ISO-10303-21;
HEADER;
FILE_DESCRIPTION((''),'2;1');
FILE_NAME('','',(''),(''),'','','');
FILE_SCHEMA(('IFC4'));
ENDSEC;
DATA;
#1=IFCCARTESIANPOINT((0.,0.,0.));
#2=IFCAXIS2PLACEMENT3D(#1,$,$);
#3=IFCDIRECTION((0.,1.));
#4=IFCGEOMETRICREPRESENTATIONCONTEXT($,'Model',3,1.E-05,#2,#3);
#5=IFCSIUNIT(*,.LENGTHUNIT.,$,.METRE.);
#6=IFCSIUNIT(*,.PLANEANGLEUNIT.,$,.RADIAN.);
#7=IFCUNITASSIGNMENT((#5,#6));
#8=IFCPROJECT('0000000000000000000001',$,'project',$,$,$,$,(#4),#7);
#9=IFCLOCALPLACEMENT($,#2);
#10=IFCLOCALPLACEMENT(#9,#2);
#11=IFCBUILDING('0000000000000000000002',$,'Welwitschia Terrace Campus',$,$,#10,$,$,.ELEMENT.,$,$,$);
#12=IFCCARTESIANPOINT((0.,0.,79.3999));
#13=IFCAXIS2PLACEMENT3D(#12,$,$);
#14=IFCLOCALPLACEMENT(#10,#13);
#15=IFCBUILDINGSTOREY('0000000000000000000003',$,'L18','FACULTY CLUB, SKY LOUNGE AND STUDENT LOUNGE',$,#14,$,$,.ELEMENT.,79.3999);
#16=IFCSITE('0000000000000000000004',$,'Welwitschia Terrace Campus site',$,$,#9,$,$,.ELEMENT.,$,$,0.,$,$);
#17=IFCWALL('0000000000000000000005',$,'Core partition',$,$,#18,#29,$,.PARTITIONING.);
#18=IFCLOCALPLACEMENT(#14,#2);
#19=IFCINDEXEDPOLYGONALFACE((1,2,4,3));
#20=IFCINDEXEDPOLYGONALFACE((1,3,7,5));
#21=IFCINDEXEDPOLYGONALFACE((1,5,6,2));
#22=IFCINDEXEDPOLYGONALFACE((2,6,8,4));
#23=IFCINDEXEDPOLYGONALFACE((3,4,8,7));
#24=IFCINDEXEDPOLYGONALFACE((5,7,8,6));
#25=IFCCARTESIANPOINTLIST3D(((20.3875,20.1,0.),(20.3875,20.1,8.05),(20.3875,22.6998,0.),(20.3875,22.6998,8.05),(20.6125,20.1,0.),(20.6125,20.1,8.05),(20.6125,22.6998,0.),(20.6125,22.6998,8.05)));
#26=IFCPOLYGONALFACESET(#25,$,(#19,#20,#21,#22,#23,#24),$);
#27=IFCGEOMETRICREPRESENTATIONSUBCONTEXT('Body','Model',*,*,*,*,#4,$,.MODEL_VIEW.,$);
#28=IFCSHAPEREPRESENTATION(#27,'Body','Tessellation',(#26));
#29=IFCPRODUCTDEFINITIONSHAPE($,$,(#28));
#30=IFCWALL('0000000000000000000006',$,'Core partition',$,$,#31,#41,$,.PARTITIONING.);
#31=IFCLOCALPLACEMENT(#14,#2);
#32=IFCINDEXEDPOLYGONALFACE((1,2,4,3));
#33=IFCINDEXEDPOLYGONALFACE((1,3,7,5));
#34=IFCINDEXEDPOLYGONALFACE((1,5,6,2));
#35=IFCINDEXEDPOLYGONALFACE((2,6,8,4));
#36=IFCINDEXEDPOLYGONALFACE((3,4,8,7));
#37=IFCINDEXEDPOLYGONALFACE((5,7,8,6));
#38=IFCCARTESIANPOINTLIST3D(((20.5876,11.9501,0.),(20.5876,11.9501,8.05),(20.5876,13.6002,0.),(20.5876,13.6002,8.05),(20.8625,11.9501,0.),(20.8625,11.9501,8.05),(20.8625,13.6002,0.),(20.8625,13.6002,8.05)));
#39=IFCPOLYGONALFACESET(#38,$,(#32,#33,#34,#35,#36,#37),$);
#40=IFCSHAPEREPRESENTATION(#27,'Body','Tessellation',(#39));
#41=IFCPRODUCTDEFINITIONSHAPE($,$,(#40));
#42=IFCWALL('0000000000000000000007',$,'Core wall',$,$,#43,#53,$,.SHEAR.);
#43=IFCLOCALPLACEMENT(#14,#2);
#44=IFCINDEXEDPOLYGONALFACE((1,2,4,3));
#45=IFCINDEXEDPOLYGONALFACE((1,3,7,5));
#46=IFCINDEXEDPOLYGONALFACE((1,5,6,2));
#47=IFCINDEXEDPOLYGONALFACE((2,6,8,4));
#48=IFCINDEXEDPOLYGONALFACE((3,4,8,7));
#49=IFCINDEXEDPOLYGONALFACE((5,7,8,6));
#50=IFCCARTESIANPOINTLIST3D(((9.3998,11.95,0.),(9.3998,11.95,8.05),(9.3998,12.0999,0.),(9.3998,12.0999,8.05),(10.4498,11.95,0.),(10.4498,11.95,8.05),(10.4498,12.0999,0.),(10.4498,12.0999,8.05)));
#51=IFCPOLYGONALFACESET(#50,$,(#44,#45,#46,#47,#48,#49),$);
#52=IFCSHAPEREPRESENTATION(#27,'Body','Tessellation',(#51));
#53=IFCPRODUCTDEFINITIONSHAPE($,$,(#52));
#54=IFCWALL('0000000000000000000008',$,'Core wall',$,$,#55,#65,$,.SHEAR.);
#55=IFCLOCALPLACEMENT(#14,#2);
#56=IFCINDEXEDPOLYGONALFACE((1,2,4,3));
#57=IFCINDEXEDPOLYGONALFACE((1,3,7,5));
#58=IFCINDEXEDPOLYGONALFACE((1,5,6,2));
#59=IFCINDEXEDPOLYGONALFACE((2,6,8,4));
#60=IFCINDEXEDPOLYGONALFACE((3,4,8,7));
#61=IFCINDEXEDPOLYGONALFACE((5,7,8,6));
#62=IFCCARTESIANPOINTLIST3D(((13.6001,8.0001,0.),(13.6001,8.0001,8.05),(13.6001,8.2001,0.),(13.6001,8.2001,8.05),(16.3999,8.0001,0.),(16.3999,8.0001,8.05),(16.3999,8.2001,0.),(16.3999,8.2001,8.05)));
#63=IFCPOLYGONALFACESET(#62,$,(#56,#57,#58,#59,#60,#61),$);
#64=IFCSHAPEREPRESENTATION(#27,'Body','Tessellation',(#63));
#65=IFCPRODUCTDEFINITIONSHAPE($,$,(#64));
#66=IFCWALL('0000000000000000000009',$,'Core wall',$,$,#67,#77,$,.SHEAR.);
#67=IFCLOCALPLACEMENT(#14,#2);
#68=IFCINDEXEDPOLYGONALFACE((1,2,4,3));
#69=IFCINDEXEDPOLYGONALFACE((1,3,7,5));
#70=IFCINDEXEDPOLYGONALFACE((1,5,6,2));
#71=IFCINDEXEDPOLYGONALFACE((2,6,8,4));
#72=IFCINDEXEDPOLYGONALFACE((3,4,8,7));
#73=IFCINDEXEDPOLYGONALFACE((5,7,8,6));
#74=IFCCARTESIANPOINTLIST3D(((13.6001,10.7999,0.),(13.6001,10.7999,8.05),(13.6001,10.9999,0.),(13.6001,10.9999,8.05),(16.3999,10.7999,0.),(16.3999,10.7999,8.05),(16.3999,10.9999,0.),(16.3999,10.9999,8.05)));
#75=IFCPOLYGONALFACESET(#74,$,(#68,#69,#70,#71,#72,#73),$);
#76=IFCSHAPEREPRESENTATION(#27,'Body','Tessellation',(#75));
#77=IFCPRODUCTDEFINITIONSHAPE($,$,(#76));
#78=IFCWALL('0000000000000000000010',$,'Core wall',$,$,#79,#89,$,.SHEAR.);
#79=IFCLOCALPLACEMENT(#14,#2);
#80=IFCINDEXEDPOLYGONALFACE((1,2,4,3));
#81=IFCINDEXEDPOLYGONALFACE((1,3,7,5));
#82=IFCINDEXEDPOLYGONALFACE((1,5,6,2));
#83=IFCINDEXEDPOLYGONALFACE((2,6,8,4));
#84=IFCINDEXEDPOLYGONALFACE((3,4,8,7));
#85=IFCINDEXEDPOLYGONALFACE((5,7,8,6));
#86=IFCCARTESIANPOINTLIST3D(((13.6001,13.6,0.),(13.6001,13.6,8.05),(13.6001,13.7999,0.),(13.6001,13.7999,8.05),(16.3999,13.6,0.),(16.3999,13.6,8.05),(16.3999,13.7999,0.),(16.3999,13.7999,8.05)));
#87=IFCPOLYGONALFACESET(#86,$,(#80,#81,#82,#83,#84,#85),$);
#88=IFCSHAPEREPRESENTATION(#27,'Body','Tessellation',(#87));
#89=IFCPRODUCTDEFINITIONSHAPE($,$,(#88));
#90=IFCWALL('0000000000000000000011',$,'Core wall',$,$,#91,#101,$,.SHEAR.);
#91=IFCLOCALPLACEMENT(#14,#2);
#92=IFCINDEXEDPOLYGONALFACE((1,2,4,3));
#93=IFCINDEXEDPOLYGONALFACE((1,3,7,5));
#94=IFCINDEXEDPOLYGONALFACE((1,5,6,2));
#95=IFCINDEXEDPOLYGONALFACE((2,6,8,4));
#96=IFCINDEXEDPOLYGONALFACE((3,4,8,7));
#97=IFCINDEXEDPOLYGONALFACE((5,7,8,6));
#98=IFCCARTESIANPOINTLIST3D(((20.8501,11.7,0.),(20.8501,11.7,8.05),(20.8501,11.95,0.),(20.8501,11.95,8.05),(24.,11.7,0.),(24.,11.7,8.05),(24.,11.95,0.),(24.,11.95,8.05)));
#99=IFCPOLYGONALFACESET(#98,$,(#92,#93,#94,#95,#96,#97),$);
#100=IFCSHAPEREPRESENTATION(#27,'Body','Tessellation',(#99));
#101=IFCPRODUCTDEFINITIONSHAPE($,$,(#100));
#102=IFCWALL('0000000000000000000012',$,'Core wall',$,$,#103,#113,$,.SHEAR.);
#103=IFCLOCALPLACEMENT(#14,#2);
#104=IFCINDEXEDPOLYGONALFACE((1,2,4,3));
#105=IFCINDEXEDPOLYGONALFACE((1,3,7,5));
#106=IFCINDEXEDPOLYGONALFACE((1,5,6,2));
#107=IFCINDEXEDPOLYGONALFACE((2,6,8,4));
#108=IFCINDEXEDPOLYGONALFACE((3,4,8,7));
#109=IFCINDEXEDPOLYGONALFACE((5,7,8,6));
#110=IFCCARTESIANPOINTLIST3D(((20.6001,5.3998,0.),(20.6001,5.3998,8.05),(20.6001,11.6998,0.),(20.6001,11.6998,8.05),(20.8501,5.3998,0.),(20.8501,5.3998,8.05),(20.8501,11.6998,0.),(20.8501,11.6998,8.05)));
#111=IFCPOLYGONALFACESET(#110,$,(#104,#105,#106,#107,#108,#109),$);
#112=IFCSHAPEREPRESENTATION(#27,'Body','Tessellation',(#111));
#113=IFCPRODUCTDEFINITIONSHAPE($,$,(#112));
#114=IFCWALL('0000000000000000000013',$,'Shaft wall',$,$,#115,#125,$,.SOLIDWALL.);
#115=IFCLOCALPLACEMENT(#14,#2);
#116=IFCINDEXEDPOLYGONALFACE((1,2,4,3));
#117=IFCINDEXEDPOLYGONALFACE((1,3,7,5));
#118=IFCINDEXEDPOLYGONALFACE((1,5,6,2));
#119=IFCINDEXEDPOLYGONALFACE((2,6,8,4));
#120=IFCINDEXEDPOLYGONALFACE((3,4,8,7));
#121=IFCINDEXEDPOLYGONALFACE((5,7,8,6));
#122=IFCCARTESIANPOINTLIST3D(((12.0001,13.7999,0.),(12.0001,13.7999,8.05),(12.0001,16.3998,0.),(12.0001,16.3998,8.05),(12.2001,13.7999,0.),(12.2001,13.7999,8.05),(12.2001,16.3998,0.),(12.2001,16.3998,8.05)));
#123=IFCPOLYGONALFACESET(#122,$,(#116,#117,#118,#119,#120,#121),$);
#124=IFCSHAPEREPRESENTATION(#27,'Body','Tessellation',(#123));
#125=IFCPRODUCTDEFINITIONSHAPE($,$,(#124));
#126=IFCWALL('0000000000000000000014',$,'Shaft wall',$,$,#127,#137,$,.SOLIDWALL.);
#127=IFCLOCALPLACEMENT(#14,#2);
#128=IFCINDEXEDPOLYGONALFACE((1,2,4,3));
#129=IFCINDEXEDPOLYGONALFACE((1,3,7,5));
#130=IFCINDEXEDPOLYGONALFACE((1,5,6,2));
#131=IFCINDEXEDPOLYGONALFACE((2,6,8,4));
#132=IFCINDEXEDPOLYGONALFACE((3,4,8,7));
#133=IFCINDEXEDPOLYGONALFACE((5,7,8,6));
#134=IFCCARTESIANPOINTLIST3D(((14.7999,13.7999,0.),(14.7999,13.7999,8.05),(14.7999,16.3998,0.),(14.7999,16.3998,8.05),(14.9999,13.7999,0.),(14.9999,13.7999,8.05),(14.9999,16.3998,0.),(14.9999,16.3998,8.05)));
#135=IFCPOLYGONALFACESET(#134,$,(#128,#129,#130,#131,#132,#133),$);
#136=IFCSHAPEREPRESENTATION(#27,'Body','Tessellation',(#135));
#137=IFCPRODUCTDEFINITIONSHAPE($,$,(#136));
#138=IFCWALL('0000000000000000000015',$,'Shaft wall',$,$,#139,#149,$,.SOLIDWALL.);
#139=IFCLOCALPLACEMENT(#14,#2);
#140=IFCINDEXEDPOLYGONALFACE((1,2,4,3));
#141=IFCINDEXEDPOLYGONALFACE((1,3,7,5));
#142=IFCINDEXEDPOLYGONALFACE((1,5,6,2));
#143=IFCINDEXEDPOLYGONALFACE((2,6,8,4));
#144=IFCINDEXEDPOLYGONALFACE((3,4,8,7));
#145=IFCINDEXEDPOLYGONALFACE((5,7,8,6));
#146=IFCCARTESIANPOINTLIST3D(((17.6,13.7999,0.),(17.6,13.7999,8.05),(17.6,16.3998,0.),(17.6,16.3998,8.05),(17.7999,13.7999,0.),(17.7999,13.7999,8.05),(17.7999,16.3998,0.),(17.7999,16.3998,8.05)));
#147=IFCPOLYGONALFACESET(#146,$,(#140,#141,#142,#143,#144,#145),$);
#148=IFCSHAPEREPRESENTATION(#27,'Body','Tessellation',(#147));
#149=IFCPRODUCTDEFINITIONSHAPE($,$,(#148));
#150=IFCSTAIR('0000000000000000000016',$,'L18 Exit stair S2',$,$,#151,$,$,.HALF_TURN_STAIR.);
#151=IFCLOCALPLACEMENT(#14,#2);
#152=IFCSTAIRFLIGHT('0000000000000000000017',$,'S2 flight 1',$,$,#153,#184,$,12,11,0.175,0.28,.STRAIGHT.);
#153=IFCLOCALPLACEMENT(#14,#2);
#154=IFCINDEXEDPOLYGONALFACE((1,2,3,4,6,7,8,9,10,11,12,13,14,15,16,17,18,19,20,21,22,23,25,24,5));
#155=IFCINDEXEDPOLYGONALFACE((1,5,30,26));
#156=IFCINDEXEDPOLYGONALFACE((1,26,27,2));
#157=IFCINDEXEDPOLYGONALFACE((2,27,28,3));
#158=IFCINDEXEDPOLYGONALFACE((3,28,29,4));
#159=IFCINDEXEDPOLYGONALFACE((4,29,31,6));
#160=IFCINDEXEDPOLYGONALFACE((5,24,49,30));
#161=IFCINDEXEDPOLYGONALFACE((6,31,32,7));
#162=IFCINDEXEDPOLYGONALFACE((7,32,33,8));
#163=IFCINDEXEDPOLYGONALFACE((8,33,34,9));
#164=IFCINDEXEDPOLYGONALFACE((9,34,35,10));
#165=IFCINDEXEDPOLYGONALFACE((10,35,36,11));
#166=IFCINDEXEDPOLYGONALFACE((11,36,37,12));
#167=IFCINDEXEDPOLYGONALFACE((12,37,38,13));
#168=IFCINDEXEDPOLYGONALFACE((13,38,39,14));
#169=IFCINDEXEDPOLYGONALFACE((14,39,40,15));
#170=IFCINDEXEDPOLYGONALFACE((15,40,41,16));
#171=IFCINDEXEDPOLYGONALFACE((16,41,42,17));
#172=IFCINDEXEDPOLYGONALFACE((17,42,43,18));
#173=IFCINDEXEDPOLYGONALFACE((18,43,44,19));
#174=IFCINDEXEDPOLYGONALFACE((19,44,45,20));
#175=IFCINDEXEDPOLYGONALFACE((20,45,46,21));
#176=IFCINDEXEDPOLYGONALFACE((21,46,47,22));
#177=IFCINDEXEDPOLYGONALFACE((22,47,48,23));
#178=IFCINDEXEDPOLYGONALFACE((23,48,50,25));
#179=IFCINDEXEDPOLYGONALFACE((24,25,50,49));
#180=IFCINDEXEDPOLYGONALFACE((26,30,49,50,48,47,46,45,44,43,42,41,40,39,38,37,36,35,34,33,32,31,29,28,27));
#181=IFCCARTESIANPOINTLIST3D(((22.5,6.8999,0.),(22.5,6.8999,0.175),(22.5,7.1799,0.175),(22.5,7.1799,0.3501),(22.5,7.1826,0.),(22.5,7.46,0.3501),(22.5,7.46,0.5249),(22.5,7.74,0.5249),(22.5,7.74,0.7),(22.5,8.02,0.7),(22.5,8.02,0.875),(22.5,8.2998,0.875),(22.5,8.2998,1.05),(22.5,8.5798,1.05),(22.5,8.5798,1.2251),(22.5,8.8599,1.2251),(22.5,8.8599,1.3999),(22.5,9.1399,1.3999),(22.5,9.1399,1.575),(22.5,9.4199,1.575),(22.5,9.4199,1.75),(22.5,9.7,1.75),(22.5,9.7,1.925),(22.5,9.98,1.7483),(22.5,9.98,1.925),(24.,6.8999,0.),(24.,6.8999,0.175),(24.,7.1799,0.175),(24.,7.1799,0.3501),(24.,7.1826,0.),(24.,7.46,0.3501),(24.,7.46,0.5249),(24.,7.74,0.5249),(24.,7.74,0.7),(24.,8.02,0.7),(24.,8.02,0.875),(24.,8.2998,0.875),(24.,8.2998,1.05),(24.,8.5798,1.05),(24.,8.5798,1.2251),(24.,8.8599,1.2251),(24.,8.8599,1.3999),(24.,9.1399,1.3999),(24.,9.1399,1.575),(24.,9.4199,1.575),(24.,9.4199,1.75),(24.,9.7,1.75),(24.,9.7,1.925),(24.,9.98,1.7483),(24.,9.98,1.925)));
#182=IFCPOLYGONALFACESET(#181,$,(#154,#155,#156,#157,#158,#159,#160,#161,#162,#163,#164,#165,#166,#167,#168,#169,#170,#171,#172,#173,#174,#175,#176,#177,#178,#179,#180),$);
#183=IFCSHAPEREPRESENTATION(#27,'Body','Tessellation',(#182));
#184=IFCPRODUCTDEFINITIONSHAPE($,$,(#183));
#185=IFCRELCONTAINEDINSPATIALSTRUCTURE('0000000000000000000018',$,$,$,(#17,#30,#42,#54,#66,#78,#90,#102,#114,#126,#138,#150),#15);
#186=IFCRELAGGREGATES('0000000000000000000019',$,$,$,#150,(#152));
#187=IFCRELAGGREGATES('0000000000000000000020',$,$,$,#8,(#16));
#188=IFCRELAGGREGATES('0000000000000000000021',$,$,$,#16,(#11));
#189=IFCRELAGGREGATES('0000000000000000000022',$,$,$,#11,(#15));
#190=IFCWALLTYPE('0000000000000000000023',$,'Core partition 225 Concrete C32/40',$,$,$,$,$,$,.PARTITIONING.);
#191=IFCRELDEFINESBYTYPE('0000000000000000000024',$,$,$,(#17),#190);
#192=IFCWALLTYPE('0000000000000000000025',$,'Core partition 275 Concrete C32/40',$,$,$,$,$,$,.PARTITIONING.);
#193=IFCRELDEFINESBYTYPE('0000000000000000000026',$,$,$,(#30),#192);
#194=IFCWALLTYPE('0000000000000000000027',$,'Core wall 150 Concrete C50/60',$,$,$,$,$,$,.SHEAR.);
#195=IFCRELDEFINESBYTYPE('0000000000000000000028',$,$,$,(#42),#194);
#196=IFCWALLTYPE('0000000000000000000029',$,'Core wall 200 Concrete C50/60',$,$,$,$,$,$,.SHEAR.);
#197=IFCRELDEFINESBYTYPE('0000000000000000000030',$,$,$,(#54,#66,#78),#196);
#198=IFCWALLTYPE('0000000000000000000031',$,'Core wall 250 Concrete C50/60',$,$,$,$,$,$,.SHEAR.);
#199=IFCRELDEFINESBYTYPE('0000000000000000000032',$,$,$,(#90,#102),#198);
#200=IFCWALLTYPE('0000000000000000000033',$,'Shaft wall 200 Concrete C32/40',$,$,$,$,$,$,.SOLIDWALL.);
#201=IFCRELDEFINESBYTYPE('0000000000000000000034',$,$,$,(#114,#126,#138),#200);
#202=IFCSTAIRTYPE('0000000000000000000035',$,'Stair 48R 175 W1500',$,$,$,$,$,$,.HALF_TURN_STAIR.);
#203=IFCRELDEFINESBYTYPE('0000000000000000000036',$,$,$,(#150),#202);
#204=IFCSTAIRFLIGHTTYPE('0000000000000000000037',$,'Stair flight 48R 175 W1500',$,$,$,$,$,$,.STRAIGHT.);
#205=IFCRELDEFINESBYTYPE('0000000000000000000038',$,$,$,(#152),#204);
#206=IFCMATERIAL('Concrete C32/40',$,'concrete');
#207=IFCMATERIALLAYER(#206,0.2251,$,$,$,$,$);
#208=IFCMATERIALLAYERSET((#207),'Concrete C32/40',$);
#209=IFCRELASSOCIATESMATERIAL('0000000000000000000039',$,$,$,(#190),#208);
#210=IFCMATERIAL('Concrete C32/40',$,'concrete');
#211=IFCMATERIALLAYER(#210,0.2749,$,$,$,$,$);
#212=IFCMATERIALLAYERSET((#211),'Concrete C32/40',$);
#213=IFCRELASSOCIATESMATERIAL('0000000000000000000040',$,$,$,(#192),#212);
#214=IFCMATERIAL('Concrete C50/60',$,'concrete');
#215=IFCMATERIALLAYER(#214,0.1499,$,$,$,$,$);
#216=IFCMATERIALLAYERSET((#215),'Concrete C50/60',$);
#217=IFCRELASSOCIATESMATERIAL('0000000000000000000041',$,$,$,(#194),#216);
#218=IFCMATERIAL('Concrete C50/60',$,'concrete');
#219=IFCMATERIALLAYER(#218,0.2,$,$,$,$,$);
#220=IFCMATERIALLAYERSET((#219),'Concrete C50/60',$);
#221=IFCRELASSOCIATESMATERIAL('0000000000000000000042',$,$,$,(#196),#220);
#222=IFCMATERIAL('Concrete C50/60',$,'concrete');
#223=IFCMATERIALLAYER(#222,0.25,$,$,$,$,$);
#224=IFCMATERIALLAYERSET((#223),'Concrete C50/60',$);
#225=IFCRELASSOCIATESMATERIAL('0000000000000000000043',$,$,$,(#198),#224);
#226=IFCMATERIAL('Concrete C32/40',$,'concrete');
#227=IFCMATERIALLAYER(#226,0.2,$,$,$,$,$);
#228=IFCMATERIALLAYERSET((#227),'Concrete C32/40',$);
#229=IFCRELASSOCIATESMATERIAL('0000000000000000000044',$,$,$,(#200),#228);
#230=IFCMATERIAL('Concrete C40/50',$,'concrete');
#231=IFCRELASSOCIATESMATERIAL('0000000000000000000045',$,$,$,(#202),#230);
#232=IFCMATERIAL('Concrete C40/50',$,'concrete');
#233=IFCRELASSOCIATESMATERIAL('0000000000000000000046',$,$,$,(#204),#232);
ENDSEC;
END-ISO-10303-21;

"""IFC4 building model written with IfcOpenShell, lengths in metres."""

from ifc_helpers import new_model, si_unit, direction, frame, frame_2d, origin, place, context, subcontext, project, spatial, polyline, rectangle, outline, extrude, material, layer, layer_set, type_object, element, aggregate, save


model = new_model("IFC4")

# Units and contexts
model_context = context("Model", 3, precision=1e-05, world=origin(), true_north=direction((0.0, 1.0)))
body_context = subcontext(model_context, "Body", "Model", "MODEL_VIEW")
ifc_project = project(units=[si_unit("LENGTHUNIT", "METRE"), si_unit("PLANEANGLEUNIT", "RADIAN")], contexts=[model_context])

# Site, building, storey
site_placement = place(None, origin())
site = spatial("IfcSite", under=ifc_project, at=site_placement, Name="Welwitschia Terrace Campus site", CompositionType="ELEMENT", RefElevation=0.0)
building_placement = place(site_placement, origin())
building = spatial("IfcBuilding", under=site, at=building_placement, Name="Welwitschia Terrace Campus", CompositionType="ELEMENT")
storey_placement = place(building_placement, frame((0.0, 0.0, 79.3999)))
storey = spatial("IfcBuildingStorey", under=building, at=storey_placement, Name="L18", Description="FACULTY CLUB, SKY LOUNGE AND STUDENT LOUNGE", CompositionType="ELEMENT", Elevation=79.3999)

# Shared definitions
ifc_material_1 = material(Name="Concrete C32/40", Category="concrete")
ifc_layer_1 = layer(ifc_material_1, 0.2251)
ifc_layer_set_1 = layer_set([ifc_layer_1], Name="Concrete C32/40")
wall_type_1 = type_object("IfcWallType", Name="Core partition 225 Concrete C32/40", PredefinedType="PARTITIONING", material=ifc_layer_set_1)

# Walls
for number, where, z_axis, x_axis, name in (
    (1, (20.5, 20.1001, 0.0), (0.0, 0.0, 1.0), (0.0, 1.0, 0.0), "Core partition"),
):
    element("IfcWall", number, at=place(storey_placement, frame(where, z_axis=z_axis, x_axis=x_axis)), inside=storey, type_object=wall_type_1, Name=name, PredefinedType="PARTITIONING", context=body_context, shape_type="SweptSolid", body=[
        extrude(rectangle(XDim=2.5999, YDim=0.2251, at=frame_2d((1.2998, 0.0))), origin(), (0.0, 0.0, 1.0), 8.05),
    ])
ifc_material_2 = material(Name="Concrete C32/40", Category="concrete")
ifc_layer_2 = layer(ifc_material_2, 0.2749)
ifc_layer_set_2 = layer_set([ifc_layer_2], Name="Concrete C32/40")
wall_type_2 = type_object("IfcWallType", Name="Core partition 275 Concrete C32/40", PredefinedType="PARTITIONING", material=ifc_layer_set_2)
wall_1_placement = place(storey_placement, frame((20.7251, 11.95, 0.0), z_axis=(0.0, 0.0, 1.0), x_axis=(0.0, 1.0, 0.0)))
element("IfcWall", 2, at=wall_1_placement, inside=storey, type_object=wall_type_2, Name="Core partition", PredefinedType="PARTITIONING", context=body_context, shape_type="SweptSolid", body=[
    extrude(rectangle(XDim=1.6501, YDim=0.2749, at=frame_2d((0.8252, 0.0))), origin(), (0.0, 0.0, 1.0), 8.05),
])
ifc_material_3 = material(Name="Concrete C50/60", Category="concrete")
ifc_layer_3 = layer(ifc_material_3, 0.1499)
ifc_layer_set_3 = layer_set([ifc_layer_3], Name="Concrete C50/60")
wall_type_3 = type_object("IfcWallType", Name="Core wall 150 Concrete C50/60", PredefinedType="SHEAR", material=ifc_layer_set_3)
wall_2_placement = place(storey_placement, frame((9.3999, 12.0249, 0.0), z_axis=(0.0, 0.0, 1.0), x_axis=(1.0, 0.0, 0.0)))
element("IfcWall", 3, at=wall_2_placement, inside=storey, type_object=wall_type_3, Name="Core wall", PredefinedType="SHEAR", context=body_context, shape_type="SweptSolid", body=[
    extrude(rectangle(XDim=1.05, YDim=0.1499, at=frame_2d((0.5249, 0.0))), origin(), (0.0, 0.0, 1.0), 8.05),
])
ifc_material_4 = material(Name="Concrete C50/60", Category="concrete")
ifc_layer_4 = layer(ifc_material_4, 0.2)
ifc_layer_set_4 = layer_set([ifc_layer_4], Name="Concrete C50/60")
wall_type_4 = type_object("IfcWallType", Name="Core wall 200 Concrete C50/60", PredefinedType="SHEAR", material=ifc_layer_set_4)
for number, where, z_axis, x_axis, name in (
    (4, (13.6001, 8.1001, 0.0), (0.0, 0.0, 1.0), (1.0, 0.0, 0.0), "Core wall"),
    (5, (13.6001, 10.8999, 0.0), (0.0, 0.0, 1.0), (1.0, 0.0, 0.0), "Core wall"),
    (6, (13.6001, 13.7, 0.0), (0.0, 0.0, 1.0), (1.0, 0.0, 0.0), "Core wall"),
):
    element("IfcWall", number, at=place(storey_placement, frame(where, z_axis=z_axis, x_axis=x_axis)), inside=storey, type_object=wall_type_4, Name=name, PredefinedType="SHEAR", context=body_context, shape_type="SweptSolid", body=[
        extrude(rectangle(XDim=2.7998, YDim=0.2, at=frame_2d((1.3999, 0.0))), origin(), (0.0, 0.0, 1.0), 8.05),
    ])
ifc_material_5 = material(Name="Concrete C50/60", Category="concrete")
ifc_layer_5 = layer(ifc_material_5, 0.25)
ifc_layer_set_5 = layer_set([ifc_layer_5], Name="Concrete C50/60")
wall_type_5 = type_object("IfcWallType", Name="Core wall 250 Concrete C50/60", PredefinedType="SHEAR", material=ifc_layer_set_5)
wall_3_placement = place(storey_placement, frame((20.8501, 11.825, 0.0), z_axis=(0.0, 0.0, 1.0), x_axis=(1.0, 0.0, 0.0)))
element("IfcWall", 7, at=wall_3_placement, inside=storey, type_object=wall_type_5, Name="Core wall", PredefinedType="SHEAR", context=body_context, shape_type="SweptSolid", body=[
    extrude(rectangle(XDim=3.1499, YDim=0.25, at=frame_2d((1.575, 0.0))), origin(), (0.0, 0.0, 1.0), 8.05),
])
wall_4_placement = place(storey_placement, frame((20.7251, 5.3999, 0.0), z_axis=(0.0, 0.0, 1.0), x_axis=(0.0, 1.0, 0.0)))
element("IfcWall", 8, at=wall_4_placement, inside=storey, type_object=wall_type_5, Name="Core wall", PredefinedType="SHEAR", context=body_context, shape_type="SweptSolid", body=[
    extrude(rectangle(XDim=6.3, YDim=0.25, at=frame_2d((3.1499, 0.0))), origin(), (0.0, 0.0, 1.0), 8.05),
])
ifc_material_6 = material(Name="Concrete C32/40", Category="concrete")
ifc_layer_6 = layer(ifc_material_6, 0.2)
ifc_layer_set_6 = layer_set([ifc_layer_6], Name="Concrete C32/40")
wall_type_6 = type_object("IfcWallType", Name="Shaft wall 200 Concrete C32/40", PredefinedType="SOLIDWALL", material=ifc_layer_set_6)
for number, where, z_axis, x_axis, name in (
    (9, (12.1001, 13.8, 0.0), (0.0, 0.0, 1.0), (0.0, 1.0, 0.0), "Shaft wall"),
    (10, (14.8999, 13.8, 0.0), (0.0, 0.0, 1.0), (0.0, 1.0, 0.0), "Shaft wall"),
    (11, (17.7, 13.8, 0.0), (0.0, 0.0, 1.0), (0.0, 1.0, 0.0), "Shaft wall"),
):
    element("IfcWall", number, at=place(storey_placement, frame(where, z_axis=z_axis, x_axis=x_axis)), inside=storey, type_object=wall_type_6, Name=name, PredefinedType="SOLIDWALL", context=body_context, shape_type="SweptSolid", body=[
        extrude(rectangle(XDim=2.5999, YDim=0.2, at=frame_2d((1.2998, 0.0))), origin(), (0.0, 0.0, 1.0), 8.05),
    ])

# Stair, stair flight
ifc_material_7 = material(Name="Concrete C40/50", Category="concrete")
stair_type = type_object("IfcStairType", Name="Stair 48R 175 W1500", PredefinedType="HALF_TURN_STAIR", material=ifc_material_7)
stair_placement = place(storey_placement, origin())
stair = element("IfcStair", 12, at=stair_placement, inside=storey, type_object=stair_type, Name="L18 Exit stair S2", PredefinedType="HALF_TURN_STAIR")
ifc_material_8 = material(Name="Concrete C40/50", Category="concrete")
stair_flight_type = type_object("IfcStairFlightType", Name="Stair flight 48R 175 W1500", PredefinedType="STRAIGHT", material=ifc_material_8)
stair_flight_1_placement = place(storey_placement, frame((23.25, 6.8999, 0.0), z_axis=(0.0, 0.0, 1.0), x_axis=(0.0, 1.0, 0.0)))
stair_flight_1 = element("IfcStairFlight", 13, at=stair_flight_1_placement, type_object=stair_flight_type, Name="S2 flight 1", NumberOfRisers=12, NumberOfTreads=11, PredefinedType="STRAIGHT", RiserHeight=0.175, TreadLength=0.28, context=body_context, shape_type="SweptSolid", body=[
    extrude(outline(polyline([(0.0, 0.0), (0.0, 0.175), (0.28, 0.175), (0.28, 0.3501), (0.5601, 0.3501), (0.5601, 0.5249), (0.8401, 0.5249), (0.8401, 0.7), (1.1201, 0.7), (1.1201, 0.875), (1.3999, 0.875), (1.3999, 1.05), (1.6799, 1.05), (1.6799, 1.2251), (1.96, 1.2251), (1.96, 1.3999), (2.24, 1.3999), (2.24, 1.575), (2.52, 1.575), (2.52, 1.75), (2.8, 1.75), (2.8, 1.925), (3.0801, 1.925), (3.0801, 2.1001), (3.0801, 1.7483), (0.2827, 0.0), (0.0, 0.0)])), frame((0.0, 0.75, 0.0), z_axis=(0.0, -1.0, 0.0), x_axis=(1.0, 0.0, 0.0)), (0.0, 0.0, 1.0), 1.5),
])
aggregate(stair, [stair_flight_1])

save(model, "model.ifc")
